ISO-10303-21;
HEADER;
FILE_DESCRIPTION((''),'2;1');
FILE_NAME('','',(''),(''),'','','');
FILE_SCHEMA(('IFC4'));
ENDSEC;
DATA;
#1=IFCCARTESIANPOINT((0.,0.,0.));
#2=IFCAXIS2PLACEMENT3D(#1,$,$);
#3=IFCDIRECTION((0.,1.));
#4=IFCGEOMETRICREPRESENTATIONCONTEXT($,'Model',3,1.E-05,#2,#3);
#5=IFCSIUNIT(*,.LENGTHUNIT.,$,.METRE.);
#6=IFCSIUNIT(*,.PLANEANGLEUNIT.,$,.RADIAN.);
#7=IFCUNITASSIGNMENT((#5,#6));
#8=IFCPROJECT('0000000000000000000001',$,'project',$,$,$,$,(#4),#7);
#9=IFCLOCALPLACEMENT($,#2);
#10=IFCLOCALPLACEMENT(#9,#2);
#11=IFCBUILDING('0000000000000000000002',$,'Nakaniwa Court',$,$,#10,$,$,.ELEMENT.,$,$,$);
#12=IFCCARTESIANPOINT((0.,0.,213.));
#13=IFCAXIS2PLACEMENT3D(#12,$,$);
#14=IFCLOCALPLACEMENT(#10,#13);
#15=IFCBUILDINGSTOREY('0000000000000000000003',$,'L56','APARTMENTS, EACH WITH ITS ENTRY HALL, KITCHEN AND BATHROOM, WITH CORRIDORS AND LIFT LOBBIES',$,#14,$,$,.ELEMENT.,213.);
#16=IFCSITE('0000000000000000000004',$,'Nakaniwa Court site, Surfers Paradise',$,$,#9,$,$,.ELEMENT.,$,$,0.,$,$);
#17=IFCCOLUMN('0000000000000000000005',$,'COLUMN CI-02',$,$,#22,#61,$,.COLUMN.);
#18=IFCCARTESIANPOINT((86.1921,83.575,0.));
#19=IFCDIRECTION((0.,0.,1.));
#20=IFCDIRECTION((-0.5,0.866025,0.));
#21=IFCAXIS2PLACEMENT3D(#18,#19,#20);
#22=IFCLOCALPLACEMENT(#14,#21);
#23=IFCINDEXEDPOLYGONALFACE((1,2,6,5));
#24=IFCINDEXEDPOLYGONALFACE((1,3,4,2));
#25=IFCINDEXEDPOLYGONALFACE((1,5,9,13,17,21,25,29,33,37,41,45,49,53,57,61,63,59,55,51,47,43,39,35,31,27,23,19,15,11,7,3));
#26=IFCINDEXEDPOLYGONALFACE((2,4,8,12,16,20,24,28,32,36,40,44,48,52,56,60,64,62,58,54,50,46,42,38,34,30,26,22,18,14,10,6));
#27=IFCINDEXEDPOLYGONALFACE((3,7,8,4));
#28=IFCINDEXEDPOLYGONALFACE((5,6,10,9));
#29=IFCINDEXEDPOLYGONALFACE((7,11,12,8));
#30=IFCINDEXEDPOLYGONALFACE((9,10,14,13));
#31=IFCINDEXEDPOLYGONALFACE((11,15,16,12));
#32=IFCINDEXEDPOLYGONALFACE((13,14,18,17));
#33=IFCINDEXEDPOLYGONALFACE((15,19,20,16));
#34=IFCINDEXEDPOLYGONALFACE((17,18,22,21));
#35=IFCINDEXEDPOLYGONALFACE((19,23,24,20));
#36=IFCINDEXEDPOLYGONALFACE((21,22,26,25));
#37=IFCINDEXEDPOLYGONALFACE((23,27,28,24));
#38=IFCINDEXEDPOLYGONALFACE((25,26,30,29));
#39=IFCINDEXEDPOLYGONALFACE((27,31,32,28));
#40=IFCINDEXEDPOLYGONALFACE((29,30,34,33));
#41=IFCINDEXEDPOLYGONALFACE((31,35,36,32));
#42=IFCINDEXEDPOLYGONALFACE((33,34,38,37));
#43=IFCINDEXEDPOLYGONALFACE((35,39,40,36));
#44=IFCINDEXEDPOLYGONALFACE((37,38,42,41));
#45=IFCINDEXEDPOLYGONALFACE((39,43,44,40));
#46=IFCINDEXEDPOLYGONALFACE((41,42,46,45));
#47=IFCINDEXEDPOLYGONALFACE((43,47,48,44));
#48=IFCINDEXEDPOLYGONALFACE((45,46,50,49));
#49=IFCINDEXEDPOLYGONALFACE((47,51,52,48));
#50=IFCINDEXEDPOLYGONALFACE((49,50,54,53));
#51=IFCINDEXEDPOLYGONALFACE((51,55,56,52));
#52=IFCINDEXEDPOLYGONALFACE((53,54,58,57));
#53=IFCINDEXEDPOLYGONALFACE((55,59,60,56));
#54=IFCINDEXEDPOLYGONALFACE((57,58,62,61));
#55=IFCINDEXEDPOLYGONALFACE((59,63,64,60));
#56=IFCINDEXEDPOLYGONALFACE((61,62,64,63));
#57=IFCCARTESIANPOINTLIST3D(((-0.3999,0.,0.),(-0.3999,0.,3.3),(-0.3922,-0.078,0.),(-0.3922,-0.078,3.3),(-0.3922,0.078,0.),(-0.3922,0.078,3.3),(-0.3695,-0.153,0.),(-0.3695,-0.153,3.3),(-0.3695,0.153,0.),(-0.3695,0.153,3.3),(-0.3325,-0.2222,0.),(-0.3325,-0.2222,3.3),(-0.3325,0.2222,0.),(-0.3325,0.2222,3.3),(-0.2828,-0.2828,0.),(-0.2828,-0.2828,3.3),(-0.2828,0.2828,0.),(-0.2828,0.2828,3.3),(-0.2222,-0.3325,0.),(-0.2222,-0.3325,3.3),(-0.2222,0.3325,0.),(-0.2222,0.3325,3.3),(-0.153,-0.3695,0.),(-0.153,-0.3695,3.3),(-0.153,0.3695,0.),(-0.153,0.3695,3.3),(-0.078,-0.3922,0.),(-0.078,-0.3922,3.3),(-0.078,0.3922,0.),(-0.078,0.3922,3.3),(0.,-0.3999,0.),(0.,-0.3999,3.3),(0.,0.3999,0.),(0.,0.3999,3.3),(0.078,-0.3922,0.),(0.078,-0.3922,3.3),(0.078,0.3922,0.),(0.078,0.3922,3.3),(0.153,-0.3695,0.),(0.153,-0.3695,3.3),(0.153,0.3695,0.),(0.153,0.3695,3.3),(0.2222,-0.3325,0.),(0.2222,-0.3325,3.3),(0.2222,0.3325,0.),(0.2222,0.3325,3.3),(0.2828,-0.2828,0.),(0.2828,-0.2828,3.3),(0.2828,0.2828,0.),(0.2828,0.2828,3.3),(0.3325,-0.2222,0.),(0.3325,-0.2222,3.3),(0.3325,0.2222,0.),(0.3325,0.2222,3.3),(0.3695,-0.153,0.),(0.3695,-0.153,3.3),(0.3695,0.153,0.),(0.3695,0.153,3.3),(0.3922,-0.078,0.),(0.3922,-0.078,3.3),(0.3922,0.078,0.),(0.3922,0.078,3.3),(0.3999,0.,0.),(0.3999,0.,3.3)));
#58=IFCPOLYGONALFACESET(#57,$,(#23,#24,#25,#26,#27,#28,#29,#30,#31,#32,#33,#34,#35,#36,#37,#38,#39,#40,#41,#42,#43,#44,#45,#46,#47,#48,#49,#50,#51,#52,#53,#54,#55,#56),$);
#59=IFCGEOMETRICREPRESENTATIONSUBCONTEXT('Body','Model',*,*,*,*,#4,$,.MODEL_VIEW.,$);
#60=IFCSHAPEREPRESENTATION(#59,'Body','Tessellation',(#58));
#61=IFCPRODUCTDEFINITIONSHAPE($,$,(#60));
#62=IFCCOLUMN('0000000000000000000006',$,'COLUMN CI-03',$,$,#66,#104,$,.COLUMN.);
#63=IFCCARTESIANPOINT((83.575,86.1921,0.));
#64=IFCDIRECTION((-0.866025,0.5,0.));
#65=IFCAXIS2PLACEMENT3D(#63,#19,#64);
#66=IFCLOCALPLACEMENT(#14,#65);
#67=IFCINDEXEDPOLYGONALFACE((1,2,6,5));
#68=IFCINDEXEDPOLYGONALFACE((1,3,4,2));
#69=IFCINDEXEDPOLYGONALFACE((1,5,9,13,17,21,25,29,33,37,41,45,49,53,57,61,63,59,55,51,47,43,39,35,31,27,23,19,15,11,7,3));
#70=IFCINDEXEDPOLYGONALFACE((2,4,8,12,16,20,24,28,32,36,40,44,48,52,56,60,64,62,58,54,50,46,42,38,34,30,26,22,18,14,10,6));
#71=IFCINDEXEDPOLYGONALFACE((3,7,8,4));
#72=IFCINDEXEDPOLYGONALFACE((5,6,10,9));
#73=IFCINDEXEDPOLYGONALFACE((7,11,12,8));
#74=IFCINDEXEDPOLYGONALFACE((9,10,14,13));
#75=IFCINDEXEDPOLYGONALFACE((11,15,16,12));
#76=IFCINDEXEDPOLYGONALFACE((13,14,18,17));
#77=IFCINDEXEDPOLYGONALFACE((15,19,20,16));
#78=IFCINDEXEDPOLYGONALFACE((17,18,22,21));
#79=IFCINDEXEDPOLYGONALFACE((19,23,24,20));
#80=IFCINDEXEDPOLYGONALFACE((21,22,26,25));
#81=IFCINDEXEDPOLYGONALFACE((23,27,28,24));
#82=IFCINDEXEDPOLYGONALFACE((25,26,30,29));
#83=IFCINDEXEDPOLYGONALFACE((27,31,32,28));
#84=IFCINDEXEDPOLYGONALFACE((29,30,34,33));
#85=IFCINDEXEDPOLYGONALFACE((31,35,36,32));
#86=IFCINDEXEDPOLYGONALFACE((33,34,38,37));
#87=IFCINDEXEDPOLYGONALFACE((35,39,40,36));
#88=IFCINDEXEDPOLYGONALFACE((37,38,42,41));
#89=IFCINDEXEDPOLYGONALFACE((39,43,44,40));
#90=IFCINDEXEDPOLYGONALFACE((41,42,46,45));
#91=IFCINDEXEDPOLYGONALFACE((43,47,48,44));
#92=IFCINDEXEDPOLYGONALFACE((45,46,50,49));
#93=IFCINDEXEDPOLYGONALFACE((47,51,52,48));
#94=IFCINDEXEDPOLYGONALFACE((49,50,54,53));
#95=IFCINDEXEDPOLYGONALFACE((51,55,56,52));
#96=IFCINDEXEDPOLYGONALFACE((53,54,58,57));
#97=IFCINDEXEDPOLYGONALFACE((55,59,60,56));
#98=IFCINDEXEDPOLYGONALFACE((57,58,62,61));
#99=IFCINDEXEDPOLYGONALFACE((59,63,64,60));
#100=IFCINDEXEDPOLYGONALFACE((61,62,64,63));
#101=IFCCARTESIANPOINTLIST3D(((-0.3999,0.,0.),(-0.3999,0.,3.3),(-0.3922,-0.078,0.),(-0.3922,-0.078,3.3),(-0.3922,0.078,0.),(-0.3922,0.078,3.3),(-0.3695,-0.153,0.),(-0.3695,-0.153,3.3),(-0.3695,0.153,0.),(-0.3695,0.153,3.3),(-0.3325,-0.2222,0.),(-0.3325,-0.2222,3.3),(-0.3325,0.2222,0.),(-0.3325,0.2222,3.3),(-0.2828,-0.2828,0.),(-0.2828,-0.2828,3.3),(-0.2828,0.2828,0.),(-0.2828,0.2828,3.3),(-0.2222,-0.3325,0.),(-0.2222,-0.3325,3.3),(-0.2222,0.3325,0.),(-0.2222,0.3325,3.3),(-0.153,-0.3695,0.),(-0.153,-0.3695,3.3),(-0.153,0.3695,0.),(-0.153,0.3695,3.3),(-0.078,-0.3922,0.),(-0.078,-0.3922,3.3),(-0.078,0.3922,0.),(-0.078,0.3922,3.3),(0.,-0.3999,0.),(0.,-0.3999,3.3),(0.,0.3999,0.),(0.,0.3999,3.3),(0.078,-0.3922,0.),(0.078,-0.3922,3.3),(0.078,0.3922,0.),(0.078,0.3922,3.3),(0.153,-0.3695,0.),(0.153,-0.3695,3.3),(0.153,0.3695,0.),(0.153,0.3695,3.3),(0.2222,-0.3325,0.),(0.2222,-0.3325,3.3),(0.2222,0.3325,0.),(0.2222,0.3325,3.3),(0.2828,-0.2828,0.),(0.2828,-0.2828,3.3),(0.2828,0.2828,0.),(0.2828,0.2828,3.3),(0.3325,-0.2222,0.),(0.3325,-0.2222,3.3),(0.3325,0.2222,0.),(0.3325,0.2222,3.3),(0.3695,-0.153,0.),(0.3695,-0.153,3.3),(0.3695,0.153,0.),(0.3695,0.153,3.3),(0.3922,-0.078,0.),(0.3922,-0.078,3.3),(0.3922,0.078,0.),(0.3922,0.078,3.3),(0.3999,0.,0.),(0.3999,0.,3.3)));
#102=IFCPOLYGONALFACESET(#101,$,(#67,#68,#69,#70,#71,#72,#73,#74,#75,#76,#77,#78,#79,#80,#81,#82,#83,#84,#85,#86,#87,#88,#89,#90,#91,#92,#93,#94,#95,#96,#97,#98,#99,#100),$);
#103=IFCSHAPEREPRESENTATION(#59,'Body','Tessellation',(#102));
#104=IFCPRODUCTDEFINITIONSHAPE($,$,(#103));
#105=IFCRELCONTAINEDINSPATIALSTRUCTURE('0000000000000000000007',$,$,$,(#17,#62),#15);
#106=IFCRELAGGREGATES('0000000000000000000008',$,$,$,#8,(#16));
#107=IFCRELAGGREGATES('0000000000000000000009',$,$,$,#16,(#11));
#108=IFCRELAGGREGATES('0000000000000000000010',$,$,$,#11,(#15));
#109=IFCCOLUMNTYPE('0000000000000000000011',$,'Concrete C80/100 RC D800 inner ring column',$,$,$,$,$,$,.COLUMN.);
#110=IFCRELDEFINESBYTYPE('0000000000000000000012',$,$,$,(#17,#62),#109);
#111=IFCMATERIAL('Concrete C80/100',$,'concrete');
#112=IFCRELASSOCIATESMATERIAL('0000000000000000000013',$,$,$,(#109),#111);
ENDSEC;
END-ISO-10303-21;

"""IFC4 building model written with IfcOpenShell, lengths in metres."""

from ifc_helpers import new_model, si_unit, direction, frame, origin, origin_2d, place, context, subcontext, project, spatial, circle, extrude, material, material_profile, profile_set, type_object, element, save


model = new_model("IFC4")

# Units and contexts
model_context = context("Model", 3, precision=1e-05, world=origin(), true_north=direction((0.0, 1.0)))
body_context = subcontext(model_context, "Body", "Model", "MODEL_VIEW")
ifc_project = project(units=[si_unit("LENGTHUNIT", "METRE"), si_unit("PLANEANGLEUNIT", "RADIAN")], contexts=[model_context])

# Site, building, storey
site_placement = place(None, origin())
site = spatial("IfcSite", under=ifc_project, at=site_placement, Name="Nakaniwa Court site, Surfers Paradise", CompositionType="ELEMENT", RefElevation=0.0)
building_placement = place(site_placement, origin())
building = spatial("IfcBuilding", under=site, at=building_placement, Name="Nakaniwa Court", CompositionType="ELEMENT")
storey_placement = place(building_placement, frame((0.0, 0.0, 213.0)))
storey = spatial("IfcBuildingStorey", under=building, at=storey_placement, Name="L56", Description="APARTMENTS, EACH WITH ITS ENTRY HALL, KITCHEN AND BATHROOM, WITH CORRIDORS AND LIFT LOBBIES", CompositionType="ELEMENT", Elevation=213.0)

# Columns
ifc_material_1 = material(Name="Concrete C80/100", Category="concrete")
ifc_material_profile_1 = material_profile(ifc_material_1, circle(Radius=0.3999, at=origin_2d()), Name="Concrete C80/100 RC D800 inner ring column")
ifc_profile_set_1 = profile_set([ifc_material_profile_1], Name="Concrete C80/100")
column_type = type_object("IfcColumnType", Name="Concrete C80/100 RC D800 inner ring column", PredefinedType="COLUMN", material=ifc_profile_set_1)
for number, where, z_axis, x_axis, name in (
    (1, (86.1921, 83.575, 0.0), (0.0, 0.0, 1.0), (-0.5, 0.866025, 0.0), "COLUMN CI-02"),
    (2, (83.575, 86.1921, 0.0), (0.0, 0.0, 1.0), (-0.866025, 0.5, 0.0), "COLUMN CI-03"),
):
    element("IfcColumn", number, at=place(storey_placement, frame(where, z_axis=z_axis, x_axis=x_axis)), inside=storey, type_object=column_type, Name=name, PredefinedType="COLUMN", context=body_context, shape_type="SweptSolid", body=[
        extrude(circle(Radius=0.3999, at=origin_2d()), origin(), (0.0, 0.0, 1.0), 3.3),
    ])

save(model, "model.ifc")
